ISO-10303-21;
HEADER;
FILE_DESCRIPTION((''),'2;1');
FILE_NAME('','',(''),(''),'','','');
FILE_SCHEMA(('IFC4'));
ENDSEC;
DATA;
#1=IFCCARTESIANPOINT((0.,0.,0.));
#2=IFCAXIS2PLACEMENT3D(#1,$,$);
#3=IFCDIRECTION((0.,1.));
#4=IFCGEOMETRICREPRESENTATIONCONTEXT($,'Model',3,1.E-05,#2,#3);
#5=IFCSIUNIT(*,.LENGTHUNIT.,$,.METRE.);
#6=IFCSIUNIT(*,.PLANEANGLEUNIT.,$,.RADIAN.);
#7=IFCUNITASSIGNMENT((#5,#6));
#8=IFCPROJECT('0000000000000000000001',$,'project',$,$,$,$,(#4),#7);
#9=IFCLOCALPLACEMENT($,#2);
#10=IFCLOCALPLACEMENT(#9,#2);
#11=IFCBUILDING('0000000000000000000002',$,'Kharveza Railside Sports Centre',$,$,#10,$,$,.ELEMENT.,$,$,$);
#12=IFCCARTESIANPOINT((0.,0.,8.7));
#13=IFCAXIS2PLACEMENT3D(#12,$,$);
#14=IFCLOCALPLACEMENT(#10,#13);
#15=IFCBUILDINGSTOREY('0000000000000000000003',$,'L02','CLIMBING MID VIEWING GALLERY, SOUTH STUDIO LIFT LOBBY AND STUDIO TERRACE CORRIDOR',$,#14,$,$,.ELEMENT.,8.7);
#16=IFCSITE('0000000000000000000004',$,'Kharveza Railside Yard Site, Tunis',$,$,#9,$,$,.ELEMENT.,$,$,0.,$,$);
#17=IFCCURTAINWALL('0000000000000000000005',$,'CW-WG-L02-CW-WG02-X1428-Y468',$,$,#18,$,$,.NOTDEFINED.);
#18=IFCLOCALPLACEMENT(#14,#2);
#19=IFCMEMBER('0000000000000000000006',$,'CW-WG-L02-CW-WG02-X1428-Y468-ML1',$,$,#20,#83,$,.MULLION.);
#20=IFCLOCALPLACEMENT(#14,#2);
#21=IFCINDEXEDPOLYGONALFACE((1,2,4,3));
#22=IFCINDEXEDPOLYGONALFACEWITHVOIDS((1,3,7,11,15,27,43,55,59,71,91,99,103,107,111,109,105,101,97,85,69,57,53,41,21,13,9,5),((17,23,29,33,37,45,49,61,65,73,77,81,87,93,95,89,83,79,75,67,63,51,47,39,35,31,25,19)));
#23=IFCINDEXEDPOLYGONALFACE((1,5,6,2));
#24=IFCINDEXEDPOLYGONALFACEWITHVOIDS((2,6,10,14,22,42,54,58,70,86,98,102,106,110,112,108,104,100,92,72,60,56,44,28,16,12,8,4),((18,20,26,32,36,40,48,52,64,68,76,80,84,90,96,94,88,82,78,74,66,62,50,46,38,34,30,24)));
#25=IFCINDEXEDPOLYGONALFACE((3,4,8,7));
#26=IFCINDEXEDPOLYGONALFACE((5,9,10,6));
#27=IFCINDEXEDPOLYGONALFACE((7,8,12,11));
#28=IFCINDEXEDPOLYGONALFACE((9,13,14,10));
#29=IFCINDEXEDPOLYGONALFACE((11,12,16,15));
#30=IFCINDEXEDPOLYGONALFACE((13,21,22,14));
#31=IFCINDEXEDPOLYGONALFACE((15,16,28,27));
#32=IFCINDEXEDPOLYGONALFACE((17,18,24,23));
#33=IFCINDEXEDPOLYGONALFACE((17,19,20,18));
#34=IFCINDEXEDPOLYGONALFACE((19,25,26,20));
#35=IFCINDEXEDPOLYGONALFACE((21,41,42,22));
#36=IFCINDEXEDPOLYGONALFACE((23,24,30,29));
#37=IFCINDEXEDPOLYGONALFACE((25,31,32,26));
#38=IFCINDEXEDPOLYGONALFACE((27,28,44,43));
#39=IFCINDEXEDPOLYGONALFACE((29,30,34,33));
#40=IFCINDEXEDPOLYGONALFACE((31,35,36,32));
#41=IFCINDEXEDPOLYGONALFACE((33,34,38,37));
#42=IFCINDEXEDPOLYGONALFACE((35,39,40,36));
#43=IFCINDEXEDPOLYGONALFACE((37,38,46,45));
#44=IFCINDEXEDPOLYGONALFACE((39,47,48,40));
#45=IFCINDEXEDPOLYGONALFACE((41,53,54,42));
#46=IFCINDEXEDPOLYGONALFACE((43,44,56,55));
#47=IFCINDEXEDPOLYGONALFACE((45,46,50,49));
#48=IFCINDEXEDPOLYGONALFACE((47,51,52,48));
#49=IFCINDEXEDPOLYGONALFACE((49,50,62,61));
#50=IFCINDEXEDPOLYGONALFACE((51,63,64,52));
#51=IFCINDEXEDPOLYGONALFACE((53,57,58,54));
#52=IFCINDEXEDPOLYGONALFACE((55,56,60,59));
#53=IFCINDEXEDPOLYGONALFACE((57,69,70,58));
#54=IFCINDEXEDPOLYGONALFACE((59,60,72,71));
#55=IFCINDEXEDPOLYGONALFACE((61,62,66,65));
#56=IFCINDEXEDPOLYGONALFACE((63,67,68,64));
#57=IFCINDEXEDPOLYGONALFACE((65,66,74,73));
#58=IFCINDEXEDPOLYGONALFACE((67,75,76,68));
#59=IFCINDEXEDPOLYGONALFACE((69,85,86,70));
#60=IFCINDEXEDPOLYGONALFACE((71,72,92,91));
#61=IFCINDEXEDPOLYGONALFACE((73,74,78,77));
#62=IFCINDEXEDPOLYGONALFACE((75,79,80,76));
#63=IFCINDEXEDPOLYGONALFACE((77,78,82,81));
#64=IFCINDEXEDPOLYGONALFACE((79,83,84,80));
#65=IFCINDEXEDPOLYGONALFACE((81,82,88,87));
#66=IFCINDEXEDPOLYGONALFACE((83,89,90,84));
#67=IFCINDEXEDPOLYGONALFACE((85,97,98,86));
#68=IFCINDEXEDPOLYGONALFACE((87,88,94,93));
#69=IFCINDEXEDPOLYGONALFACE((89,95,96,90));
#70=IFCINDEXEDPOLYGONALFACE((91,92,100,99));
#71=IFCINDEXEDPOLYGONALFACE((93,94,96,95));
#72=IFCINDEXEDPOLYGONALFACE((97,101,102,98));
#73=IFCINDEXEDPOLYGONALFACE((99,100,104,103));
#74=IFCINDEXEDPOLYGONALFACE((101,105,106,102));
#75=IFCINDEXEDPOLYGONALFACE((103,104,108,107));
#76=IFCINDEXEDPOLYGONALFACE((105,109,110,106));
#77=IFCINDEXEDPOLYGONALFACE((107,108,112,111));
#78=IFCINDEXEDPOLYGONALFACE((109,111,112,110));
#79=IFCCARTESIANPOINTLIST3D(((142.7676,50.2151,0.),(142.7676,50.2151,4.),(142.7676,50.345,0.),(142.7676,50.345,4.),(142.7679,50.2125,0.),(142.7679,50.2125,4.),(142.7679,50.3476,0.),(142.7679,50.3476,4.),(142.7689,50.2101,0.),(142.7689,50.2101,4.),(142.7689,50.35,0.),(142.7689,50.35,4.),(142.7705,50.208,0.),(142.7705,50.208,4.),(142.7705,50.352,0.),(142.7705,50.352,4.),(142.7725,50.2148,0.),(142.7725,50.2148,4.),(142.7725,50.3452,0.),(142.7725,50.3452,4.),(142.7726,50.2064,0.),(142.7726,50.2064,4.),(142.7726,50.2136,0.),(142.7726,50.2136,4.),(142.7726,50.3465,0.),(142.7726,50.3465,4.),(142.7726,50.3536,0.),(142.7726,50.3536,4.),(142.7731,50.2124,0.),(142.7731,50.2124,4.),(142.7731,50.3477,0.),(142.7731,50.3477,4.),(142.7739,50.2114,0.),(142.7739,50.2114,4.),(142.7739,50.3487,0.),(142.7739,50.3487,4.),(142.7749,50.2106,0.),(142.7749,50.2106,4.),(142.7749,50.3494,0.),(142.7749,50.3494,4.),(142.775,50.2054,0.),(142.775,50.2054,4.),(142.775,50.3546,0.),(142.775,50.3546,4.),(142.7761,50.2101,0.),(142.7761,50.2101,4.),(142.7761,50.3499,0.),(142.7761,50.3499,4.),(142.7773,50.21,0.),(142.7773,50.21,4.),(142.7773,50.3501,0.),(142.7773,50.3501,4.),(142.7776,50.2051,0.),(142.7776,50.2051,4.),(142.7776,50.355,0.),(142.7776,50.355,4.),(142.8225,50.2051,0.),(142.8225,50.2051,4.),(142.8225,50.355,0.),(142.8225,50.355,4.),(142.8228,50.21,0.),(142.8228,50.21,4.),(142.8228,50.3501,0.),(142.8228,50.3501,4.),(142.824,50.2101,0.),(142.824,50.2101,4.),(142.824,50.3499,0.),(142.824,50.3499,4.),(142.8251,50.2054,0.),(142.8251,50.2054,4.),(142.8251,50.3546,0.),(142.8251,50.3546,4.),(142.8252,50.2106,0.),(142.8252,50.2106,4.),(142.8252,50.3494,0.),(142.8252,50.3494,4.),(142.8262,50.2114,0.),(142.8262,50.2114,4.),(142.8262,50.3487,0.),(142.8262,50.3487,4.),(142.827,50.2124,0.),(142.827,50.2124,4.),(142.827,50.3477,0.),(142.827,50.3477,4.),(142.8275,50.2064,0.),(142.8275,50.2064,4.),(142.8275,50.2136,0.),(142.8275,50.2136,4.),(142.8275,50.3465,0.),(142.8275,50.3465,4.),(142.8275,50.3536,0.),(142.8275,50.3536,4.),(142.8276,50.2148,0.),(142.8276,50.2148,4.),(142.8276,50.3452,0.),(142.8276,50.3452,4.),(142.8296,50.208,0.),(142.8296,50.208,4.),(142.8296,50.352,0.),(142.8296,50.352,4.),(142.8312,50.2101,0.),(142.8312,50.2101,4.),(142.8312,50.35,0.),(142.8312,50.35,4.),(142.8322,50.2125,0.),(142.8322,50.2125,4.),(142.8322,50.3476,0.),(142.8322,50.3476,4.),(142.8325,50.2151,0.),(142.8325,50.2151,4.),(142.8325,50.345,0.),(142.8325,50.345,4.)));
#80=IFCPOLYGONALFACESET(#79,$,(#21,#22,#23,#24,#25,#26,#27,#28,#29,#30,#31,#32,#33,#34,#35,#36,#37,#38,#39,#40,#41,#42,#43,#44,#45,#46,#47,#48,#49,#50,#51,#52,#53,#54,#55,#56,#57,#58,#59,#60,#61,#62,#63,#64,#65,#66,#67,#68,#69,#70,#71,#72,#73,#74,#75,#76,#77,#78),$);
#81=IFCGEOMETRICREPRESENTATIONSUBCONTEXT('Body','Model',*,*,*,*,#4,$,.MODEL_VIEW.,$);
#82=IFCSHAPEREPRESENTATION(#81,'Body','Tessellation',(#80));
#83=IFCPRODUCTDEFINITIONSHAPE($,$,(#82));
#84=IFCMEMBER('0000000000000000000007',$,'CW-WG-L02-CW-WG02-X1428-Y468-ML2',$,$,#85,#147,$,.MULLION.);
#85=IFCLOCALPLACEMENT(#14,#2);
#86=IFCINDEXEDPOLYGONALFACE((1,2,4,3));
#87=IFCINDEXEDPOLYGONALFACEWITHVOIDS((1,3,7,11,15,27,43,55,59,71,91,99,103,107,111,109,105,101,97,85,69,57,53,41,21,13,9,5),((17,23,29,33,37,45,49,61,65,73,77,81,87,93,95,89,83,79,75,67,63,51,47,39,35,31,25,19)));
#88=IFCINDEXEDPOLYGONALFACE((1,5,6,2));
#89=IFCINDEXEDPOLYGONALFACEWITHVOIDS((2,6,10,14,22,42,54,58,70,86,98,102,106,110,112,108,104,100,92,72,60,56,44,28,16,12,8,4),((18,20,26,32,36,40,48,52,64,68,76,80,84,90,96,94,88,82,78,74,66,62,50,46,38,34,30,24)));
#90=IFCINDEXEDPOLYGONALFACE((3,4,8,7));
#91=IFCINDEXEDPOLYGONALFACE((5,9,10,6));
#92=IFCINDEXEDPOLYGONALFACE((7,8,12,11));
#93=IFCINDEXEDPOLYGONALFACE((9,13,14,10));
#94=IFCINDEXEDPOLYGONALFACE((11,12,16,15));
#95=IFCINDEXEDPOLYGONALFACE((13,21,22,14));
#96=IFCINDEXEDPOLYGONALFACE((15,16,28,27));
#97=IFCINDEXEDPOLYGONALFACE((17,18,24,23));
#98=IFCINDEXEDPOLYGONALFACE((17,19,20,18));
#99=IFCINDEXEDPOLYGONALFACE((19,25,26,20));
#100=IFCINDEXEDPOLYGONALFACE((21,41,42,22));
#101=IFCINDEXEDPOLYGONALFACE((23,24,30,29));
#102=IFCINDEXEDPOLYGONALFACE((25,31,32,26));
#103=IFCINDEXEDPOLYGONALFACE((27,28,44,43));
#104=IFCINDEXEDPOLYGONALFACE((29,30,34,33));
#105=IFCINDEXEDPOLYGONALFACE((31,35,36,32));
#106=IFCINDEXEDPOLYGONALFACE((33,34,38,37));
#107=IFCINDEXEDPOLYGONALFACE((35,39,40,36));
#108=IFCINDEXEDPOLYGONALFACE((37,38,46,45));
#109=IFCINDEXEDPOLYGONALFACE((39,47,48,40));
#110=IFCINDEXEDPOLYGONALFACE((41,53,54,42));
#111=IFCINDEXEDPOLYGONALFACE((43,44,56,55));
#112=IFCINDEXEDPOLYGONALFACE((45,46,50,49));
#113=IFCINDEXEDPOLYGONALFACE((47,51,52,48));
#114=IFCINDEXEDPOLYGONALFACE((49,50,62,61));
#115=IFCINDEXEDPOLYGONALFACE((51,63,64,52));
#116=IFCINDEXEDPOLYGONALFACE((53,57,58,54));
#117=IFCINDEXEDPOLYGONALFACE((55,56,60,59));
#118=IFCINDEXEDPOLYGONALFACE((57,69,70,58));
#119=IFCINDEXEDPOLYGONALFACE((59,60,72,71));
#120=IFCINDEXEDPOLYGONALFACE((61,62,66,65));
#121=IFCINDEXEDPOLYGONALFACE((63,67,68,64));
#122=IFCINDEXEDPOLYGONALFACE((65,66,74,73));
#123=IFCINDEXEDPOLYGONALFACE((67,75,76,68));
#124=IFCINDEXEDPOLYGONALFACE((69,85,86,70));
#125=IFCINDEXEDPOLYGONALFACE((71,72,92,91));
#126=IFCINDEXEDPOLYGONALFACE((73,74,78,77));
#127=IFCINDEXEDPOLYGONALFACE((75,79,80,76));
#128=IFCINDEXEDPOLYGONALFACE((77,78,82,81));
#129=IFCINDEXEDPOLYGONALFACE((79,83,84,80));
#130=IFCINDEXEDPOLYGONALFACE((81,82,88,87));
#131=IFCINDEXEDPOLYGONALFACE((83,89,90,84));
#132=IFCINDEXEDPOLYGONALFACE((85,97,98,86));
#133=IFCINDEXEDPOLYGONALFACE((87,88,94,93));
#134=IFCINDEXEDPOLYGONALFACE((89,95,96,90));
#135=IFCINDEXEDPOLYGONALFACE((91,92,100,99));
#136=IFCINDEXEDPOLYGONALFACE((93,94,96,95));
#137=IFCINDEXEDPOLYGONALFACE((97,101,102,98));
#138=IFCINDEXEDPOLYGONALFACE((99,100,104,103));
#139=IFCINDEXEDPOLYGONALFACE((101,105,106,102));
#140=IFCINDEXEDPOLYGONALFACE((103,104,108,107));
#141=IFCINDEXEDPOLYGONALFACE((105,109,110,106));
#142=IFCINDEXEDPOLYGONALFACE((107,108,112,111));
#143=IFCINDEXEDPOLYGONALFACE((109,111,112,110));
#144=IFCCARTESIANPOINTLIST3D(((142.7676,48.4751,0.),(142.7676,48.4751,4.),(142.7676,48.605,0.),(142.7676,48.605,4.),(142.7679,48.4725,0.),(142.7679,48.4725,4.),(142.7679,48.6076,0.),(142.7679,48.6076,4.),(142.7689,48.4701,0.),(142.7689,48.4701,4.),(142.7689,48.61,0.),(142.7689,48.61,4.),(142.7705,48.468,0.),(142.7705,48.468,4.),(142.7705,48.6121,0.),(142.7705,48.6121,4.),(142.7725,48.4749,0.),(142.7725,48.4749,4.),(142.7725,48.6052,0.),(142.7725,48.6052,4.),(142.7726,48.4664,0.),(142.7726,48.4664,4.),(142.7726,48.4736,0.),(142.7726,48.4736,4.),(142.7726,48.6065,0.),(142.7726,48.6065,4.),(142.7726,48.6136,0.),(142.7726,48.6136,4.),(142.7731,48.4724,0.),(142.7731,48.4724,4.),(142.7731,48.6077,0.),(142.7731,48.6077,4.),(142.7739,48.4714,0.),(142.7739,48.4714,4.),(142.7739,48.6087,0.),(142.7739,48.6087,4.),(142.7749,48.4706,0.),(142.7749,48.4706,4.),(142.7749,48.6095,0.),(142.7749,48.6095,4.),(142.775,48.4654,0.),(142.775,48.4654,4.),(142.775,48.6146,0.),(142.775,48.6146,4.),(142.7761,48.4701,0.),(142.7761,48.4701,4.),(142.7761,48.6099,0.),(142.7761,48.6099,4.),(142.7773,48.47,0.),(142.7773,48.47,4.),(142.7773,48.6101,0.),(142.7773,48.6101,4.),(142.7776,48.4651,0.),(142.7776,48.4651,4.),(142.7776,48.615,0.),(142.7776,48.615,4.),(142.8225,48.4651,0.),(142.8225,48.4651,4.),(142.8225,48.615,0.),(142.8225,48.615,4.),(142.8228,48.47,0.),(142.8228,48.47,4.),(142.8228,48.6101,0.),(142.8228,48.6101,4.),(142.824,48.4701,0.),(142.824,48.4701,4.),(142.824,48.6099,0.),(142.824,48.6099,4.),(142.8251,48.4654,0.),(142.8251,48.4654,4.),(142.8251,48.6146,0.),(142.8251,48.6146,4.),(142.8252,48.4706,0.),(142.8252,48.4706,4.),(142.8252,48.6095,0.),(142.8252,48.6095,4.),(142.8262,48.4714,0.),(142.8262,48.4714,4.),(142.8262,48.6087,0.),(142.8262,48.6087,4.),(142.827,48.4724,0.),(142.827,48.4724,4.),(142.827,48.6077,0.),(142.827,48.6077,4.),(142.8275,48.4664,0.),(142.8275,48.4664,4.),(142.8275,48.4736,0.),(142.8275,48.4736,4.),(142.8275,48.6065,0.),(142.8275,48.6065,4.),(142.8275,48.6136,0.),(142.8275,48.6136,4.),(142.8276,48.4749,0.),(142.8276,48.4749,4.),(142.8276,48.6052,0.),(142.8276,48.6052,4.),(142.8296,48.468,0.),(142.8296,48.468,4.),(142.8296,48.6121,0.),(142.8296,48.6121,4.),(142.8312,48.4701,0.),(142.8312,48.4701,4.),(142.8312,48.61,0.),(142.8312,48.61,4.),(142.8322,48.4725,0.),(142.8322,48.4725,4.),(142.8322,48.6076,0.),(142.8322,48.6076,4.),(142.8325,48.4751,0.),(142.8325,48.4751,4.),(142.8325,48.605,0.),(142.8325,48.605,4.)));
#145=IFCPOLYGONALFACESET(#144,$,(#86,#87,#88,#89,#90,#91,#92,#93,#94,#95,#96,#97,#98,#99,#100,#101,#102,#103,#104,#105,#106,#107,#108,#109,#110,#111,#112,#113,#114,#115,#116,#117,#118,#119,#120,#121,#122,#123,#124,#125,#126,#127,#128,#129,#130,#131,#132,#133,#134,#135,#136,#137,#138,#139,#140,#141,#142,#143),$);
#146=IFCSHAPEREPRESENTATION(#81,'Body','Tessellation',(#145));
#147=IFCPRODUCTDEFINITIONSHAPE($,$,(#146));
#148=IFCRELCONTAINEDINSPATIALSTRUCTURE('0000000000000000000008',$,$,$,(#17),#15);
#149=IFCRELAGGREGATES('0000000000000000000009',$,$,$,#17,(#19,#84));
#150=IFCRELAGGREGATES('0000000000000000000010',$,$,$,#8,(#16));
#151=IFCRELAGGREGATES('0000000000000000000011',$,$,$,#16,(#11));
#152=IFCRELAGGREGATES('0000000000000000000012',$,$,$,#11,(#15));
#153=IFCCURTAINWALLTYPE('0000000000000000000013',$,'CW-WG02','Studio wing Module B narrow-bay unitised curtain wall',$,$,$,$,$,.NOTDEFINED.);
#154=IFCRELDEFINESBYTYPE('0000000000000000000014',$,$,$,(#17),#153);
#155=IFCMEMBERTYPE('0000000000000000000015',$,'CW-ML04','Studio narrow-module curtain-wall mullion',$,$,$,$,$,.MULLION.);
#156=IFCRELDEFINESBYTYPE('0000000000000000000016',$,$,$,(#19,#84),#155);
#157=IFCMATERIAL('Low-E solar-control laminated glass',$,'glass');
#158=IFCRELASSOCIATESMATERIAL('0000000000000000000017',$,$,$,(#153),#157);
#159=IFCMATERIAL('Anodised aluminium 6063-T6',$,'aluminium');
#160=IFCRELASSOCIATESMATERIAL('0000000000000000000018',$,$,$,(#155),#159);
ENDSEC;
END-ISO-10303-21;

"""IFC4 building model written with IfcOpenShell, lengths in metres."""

from ifc_helpers import new_model, si_unit, direction, frame, origin, origin_2d, place, context, subcontext, project, spatial, hollow_rectangle, extrude, material, material_profile, profile_set, type_object, element, aggregate, save


model = new_model("IFC4")

# Units and contexts
model_context = context("Model", 3, precision=1e-05, world=origin(), true_north=direction((0.0, 1.0)))
body_context = subcontext(model_context, "Body", "Model", "MODEL_VIEW")
ifc_project = project(units=[si_unit("LENGTHUNIT", "METRE"), si_unit("PLANEANGLEUNIT", "RADIAN")], contexts=[model_context])

# Site, building, storey
site_placement = place(None, origin())
site = spatial("IfcSite", under=ifc_project, at=site_placement, Name="Kharveza Railside Yard Site, Tunis", CompositionType="ELEMENT", RefElevation=0.0)
building_placement = place(site_placement, origin())
building = spatial("IfcBuilding", under=site, at=building_placement, Name="Kharveza Railside Sports Centre", CompositionType="ELEMENT")
storey_placement = place(building_placement, frame((0.0, 0.0, 8.7)))
storey = spatial("IfcBuildingStorey", under=building, at=storey_placement, Name="L02", Description="CLIMBING MID VIEWING GALLERY, SOUTH STUDIO LIFT LOBBY AND STUDIO TERRACE CORRIDOR", CompositionType="ELEMENT", Elevation=8.7)

# Curtain wall, members
ifc_material_1 = material(Name="Low-E solar-control laminated glass", Category="glass")
curtain_wall_type = type_object("IfcCurtainWallType", Name="CW-WG02", Description="Studio wing Module B narrow-bay unitised curtain wall", PredefinedType="NOTDEFINED", material=ifc_material_1)
curtain_wall_1_placement = place(storey_placement, origin())
curtain_wall_1 = element("IfcCurtainWall", 1, at=curtain_wall_1_placement, inside=storey, type_object=curtain_wall_type, Name="CW-WG-L02-CW-WG02-X1428-Y468", PredefinedType="NOTDEFINED")
ifc_material_2 = material(Name="Anodised aluminium 6063-T6", Category="aluminium")
ifc_material_profile_1 = material_profile(ifc_material_2, hollow_rectangle(XDim=0.0649, YDim=0.1499, WallThickness=0.0049, InnerFilletRadius=0.0049, OuterFilletRadius=0.01, at=origin_2d()), Name="RHS 65x150x5.0")
ifc_profile_set_1 = profile_set([ifc_material_profile_1], Name="Anodised aluminium 6063-T6")
member_type_1 = type_object("IfcMemberType", Name="CW-ML04", Description="Studio narrow-module curtain-wall mullion", PredefinedType="MULLION", material=ifc_profile_set_1)
member_1_placement = place(storey_placement, frame((142.8, 50.28, 0.0), z_axis=(0.0, 0.0, 1.0), x_axis=(1.0, 0.0, 0.0)))
member_1 = element("IfcMember", 2, at=member_1_placement, type_object=member_type_1, Name="CW-WG-L02-CW-WG02-X1428-Y468-ML1", PredefinedType="MULLION", context=body_context, shape_type="SweptSolid", body=[
    extrude(hollow_rectangle(XDim=0.0649, YDim=0.1499, WallThickness=0.0049, InnerFilletRadius=0.0049, OuterFilletRadius=0.01, at=origin_2d()), origin(), (0.0, 0.0, 1.0), 4.0),
])
member_2_placement = place(storey_placement, frame((142.8, 48.54, 0.0), z_axis=(0.0, 0.0, 1.0), x_axis=(1.0, 0.0, 0.0)))
member_2 = element("IfcMember", 3, at=member_2_placement, type_object=member_type_1, Name="CW-WG-L02-CW-WG02-X1428-Y468-ML2", PredefinedType="MULLION", context=body_context, shape_type="SweptSolid", body=[
    extrude(hollow_rectangle(XDim=0.0649, YDim=0.1499, WallThickness=0.0049, InnerFilletRadius=0.0049, OuterFilletRadius=0.01, at=origin_2d()), origin(), (0.0, 0.0, 1.0), 4.0),
])

aggregate(curtain_wall_1, [member_1, member_2])

save(model, "model.ifc")
